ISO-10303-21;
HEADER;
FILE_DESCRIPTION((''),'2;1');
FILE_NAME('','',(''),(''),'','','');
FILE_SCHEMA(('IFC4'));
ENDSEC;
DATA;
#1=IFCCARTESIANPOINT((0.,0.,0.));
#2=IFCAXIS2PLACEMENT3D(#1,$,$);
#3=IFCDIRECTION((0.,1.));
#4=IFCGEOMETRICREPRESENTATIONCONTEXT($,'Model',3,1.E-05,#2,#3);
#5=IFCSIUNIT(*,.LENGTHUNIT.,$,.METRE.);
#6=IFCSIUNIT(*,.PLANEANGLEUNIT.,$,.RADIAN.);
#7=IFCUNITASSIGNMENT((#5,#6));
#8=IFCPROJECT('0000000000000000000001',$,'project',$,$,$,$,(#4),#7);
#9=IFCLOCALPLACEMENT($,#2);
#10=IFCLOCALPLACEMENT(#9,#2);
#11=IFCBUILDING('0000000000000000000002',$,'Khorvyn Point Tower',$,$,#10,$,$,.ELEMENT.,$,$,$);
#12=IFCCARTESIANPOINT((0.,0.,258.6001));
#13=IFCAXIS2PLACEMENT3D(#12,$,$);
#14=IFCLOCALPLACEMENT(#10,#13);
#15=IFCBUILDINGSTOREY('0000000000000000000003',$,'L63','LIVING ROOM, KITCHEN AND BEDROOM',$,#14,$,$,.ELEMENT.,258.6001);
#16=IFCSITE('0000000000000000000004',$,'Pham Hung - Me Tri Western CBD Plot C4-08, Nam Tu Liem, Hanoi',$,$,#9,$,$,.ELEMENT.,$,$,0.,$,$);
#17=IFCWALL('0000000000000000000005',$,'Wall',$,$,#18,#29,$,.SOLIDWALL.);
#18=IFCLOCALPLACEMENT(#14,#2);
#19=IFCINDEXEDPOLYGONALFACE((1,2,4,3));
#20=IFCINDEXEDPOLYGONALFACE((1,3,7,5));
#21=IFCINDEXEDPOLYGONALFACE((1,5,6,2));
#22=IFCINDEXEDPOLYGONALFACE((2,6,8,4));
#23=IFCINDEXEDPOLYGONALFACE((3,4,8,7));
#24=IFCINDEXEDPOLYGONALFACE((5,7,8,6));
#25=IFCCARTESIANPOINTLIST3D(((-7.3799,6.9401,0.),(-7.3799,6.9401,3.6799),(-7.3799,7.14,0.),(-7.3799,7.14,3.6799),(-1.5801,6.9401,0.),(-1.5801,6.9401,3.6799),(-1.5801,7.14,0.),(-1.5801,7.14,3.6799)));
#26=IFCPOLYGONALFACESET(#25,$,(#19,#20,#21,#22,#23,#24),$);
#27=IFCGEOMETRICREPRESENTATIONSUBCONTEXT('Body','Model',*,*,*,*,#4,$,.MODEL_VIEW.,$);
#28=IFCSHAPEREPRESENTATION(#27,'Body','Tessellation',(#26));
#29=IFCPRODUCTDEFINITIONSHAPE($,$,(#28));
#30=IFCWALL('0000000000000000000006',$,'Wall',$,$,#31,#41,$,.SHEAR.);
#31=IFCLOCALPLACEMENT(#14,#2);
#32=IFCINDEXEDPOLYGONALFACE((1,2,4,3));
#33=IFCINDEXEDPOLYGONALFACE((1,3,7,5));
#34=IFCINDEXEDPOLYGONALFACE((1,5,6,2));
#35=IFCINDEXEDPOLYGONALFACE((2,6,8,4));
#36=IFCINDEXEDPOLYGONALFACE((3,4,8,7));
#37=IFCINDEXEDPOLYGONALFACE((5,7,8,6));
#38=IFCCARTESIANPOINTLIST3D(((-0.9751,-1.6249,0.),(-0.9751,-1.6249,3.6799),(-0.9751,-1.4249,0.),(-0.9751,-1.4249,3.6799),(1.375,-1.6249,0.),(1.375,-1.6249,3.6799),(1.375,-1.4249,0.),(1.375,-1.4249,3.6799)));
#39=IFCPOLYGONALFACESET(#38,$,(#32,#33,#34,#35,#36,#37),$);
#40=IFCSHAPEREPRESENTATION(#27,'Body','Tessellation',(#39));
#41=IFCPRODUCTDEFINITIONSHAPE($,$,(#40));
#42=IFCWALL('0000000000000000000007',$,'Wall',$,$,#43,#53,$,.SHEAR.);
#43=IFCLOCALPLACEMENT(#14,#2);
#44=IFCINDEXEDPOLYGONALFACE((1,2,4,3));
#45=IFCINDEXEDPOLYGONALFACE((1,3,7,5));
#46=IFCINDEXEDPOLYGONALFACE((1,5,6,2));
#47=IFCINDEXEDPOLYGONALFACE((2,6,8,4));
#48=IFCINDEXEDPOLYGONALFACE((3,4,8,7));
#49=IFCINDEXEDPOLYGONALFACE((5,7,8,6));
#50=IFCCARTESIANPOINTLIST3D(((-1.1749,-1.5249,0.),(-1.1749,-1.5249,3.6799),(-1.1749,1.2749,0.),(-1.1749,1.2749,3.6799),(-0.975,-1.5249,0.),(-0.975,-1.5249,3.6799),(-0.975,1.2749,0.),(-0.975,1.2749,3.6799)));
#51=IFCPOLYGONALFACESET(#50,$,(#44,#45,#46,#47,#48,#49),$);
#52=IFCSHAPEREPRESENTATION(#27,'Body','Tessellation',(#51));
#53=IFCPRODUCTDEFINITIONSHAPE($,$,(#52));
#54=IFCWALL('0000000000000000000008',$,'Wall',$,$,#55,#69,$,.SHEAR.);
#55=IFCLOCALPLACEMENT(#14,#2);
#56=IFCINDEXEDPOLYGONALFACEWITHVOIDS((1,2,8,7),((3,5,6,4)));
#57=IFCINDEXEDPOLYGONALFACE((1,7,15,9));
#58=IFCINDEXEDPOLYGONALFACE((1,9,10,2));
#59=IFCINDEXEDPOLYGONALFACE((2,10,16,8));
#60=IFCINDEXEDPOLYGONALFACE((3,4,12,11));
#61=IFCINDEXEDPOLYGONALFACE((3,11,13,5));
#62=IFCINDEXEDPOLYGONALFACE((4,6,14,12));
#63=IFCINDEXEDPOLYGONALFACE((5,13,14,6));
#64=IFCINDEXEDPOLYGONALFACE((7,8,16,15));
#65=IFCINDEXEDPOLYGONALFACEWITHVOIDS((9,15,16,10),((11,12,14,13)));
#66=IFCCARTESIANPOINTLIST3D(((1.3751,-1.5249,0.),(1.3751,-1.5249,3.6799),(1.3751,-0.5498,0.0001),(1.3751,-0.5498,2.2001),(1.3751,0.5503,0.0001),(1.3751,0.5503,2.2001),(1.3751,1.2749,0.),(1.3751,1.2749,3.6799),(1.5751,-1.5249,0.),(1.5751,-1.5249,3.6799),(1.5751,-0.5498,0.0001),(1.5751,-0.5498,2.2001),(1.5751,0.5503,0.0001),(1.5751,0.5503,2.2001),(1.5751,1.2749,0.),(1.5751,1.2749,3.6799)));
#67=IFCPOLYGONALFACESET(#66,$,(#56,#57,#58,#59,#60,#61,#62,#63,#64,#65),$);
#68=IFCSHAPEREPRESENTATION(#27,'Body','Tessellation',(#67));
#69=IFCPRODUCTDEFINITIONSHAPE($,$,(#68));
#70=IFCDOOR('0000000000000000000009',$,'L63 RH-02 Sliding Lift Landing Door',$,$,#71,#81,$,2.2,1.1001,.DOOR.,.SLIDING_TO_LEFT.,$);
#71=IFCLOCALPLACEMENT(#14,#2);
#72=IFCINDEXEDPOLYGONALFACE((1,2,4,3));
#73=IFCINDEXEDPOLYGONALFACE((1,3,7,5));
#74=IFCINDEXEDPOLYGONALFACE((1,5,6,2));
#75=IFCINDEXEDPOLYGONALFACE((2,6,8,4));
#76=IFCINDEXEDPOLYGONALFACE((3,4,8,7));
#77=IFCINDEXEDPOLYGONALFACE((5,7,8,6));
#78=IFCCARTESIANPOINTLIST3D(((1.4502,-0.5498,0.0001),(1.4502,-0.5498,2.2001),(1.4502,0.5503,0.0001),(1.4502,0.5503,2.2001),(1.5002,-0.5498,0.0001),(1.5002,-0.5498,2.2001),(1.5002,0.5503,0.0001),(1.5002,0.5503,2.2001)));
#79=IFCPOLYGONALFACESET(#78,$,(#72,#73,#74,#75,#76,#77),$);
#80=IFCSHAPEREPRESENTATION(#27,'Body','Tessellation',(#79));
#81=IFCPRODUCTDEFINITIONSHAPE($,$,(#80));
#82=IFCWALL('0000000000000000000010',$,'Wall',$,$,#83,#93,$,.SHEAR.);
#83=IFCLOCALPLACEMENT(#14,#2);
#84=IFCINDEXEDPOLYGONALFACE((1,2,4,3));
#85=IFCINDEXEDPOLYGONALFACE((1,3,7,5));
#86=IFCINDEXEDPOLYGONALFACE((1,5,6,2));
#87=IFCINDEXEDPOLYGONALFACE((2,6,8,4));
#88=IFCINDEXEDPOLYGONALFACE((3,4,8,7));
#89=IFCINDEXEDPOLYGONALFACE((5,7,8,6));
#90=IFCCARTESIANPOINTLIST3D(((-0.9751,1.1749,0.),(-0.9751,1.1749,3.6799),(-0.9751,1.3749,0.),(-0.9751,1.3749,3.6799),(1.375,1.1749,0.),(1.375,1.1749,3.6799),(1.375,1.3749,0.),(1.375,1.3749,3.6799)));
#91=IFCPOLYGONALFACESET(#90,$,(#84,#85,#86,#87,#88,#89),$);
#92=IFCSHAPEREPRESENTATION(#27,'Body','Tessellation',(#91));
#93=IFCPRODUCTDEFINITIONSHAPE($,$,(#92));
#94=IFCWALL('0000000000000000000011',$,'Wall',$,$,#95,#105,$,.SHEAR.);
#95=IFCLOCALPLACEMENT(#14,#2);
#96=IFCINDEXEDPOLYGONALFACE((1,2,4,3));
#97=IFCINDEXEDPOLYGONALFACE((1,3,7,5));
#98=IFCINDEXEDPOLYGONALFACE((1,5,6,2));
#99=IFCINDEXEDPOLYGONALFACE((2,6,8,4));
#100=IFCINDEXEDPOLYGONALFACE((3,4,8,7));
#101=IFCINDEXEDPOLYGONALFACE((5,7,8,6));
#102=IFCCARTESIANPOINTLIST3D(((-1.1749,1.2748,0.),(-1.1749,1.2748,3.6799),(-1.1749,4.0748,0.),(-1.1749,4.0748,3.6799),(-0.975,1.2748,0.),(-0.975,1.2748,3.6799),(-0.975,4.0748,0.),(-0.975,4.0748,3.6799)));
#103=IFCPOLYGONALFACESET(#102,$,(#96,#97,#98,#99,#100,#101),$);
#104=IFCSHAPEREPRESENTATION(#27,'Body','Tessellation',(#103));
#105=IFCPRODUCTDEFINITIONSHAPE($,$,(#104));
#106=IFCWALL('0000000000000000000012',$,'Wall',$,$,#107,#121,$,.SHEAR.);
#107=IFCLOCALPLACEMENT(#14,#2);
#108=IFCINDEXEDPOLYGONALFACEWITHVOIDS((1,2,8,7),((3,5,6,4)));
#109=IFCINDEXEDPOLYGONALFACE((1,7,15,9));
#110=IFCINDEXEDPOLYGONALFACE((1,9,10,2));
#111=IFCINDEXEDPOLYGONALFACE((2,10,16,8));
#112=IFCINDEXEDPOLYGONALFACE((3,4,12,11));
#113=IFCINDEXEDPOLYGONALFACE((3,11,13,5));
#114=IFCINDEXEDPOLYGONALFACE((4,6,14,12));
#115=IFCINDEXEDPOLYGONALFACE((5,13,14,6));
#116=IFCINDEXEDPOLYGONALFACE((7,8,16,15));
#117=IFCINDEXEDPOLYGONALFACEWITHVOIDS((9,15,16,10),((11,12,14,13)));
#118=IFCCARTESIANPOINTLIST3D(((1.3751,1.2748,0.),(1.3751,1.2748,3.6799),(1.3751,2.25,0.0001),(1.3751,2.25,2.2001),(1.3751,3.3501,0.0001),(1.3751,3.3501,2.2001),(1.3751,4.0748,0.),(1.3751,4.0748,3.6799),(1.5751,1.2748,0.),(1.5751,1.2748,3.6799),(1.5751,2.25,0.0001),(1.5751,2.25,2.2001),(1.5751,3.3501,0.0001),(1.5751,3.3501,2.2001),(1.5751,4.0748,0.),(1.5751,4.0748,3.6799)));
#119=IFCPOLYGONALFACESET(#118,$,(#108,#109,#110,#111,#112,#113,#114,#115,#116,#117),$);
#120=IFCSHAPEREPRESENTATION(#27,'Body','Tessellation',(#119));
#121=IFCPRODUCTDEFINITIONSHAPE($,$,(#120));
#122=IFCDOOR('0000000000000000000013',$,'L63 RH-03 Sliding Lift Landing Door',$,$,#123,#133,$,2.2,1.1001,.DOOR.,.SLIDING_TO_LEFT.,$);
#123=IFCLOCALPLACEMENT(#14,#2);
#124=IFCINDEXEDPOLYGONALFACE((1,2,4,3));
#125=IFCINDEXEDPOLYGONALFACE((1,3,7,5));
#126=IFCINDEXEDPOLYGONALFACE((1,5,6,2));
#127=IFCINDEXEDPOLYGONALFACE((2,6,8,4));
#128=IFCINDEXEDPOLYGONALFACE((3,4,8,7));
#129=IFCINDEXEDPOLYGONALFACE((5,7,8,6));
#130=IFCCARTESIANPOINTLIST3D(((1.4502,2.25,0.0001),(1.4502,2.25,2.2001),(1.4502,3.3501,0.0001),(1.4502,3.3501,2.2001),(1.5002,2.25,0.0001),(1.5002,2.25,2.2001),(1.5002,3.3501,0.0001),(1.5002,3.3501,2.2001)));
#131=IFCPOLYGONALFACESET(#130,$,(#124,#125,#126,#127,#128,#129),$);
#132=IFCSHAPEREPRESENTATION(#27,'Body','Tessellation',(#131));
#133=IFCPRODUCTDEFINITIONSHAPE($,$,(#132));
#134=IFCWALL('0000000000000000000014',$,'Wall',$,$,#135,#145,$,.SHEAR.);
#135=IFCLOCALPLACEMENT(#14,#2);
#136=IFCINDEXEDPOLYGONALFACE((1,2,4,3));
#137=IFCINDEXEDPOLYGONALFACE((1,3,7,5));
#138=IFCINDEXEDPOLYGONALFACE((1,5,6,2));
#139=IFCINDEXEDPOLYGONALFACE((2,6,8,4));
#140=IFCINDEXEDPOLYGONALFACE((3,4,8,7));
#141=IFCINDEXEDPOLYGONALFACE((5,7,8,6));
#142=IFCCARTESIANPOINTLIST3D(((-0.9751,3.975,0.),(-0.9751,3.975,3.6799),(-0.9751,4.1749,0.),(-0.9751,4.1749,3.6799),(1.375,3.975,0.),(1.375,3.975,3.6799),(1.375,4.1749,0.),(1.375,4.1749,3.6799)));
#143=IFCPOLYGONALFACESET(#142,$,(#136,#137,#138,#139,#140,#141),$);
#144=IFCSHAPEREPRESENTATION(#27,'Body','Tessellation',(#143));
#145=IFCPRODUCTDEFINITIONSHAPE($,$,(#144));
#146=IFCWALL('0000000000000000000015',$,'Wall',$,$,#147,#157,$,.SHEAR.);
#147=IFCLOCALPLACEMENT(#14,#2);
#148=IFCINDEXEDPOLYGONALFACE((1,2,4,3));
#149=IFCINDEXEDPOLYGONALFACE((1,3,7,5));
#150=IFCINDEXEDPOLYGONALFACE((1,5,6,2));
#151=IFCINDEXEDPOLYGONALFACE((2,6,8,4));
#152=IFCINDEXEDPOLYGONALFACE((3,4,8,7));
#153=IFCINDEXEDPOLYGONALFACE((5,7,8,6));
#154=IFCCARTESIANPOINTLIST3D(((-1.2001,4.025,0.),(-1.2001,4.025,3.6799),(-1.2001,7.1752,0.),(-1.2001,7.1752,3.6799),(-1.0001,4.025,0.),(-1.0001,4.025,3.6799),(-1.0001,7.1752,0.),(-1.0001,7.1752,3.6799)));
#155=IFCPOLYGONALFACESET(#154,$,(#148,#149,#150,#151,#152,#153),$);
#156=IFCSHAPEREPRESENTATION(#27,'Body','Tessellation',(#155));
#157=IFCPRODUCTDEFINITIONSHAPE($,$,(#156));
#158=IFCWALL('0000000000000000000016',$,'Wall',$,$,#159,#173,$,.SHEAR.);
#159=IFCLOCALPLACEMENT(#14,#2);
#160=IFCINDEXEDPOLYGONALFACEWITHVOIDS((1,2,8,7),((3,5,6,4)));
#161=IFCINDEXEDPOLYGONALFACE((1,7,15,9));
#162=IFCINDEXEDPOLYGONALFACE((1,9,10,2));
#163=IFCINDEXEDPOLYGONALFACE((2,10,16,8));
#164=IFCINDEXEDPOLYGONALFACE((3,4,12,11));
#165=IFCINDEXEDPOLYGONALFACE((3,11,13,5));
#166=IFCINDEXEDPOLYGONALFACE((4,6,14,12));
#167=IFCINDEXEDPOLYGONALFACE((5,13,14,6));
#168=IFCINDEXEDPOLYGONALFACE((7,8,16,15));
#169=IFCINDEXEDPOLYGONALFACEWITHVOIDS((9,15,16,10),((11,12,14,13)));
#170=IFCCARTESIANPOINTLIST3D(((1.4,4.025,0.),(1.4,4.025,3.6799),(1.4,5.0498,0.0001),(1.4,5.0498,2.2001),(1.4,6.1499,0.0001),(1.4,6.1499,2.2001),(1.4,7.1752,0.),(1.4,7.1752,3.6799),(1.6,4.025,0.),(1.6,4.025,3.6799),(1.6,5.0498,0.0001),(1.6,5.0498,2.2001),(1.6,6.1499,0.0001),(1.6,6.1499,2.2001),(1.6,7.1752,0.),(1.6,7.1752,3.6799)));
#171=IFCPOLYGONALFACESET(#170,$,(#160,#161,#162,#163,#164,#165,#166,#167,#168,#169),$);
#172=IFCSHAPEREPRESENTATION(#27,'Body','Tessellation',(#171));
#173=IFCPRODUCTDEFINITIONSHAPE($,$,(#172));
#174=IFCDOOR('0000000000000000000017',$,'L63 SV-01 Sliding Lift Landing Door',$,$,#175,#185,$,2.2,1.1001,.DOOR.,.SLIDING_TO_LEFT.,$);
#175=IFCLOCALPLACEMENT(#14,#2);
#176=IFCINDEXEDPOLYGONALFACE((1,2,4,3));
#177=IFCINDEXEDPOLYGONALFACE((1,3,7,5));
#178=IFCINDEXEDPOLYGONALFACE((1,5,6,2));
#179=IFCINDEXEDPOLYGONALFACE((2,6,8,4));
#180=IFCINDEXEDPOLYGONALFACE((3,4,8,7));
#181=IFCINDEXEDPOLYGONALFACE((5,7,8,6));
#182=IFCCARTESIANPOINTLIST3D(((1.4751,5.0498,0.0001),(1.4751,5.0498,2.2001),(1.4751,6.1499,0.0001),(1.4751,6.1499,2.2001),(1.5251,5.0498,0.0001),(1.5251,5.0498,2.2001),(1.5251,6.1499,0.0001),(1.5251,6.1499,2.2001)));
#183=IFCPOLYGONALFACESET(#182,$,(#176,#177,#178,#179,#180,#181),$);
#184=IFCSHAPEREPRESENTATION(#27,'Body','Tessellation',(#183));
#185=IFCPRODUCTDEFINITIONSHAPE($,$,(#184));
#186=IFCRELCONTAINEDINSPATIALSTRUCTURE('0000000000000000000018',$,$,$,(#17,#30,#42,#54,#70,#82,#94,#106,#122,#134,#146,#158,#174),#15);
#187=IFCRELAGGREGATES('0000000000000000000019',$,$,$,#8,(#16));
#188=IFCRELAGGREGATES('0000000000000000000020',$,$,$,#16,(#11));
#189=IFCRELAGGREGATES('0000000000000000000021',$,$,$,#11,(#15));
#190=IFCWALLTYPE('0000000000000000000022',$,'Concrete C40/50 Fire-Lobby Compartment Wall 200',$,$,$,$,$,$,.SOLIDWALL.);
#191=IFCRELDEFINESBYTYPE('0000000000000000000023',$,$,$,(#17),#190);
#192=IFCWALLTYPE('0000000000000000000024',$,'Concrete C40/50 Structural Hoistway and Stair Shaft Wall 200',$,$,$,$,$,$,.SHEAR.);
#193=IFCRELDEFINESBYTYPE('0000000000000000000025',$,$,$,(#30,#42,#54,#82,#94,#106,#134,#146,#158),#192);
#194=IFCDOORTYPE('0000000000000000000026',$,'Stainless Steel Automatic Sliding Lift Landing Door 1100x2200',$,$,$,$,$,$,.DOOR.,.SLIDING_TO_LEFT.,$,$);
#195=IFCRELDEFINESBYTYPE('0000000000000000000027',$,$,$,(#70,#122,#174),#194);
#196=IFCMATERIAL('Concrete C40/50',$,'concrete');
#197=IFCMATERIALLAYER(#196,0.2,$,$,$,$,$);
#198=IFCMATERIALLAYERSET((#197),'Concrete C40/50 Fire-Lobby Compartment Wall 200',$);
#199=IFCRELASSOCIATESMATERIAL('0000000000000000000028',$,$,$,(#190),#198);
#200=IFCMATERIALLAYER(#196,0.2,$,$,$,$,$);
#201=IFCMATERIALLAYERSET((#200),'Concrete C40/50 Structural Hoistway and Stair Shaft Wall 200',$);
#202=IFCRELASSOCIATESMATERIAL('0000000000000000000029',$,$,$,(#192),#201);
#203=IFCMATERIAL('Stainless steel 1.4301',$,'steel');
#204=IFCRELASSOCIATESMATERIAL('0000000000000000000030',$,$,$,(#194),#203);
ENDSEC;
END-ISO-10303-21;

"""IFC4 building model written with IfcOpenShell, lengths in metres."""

from ifc_helpers import new_model, si_unit, direction, frame, frame_2d, origin, place, context, subcontext, project, spatial, rectangle, extrude, material, layer, layer_set, type_object, element, fill, save


model = new_model("IFC4")

# Units and contexts
model_context = context("Model", 3, precision=1e-05, world=origin(), true_north=direction((0.0, 1.0)))
body_context = subcontext(model_context, "Body", "Model", "MODEL_VIEW")
ifc_project = project(units=[si_unit("LENGTHUNIT", "METRE"), si_unit("PLANEANGLEUNIT", "RADIAN")], contexts=[model_context])

# Site, building, storey
site_placement = place(None, origin())
site = spatial("IfcSite", under=ifc_project, at=site_placement, Name="Pham Hung - Me Tri Western CBD Plot C4-08, Nam Tu Liem, Hanoi", CompositionType="ELEMENT", RefElevation=0.0)
building_placement = place(site_placement, origin())
building = spatial("IfcBuilding", under=site, at=building_placement, Name="Khorvyn Point Tower", CompositionType="ELEMENT")
storey_placement = place(building_placement, frame((0.0, 0.0, 258.6001)))
storey = spatial("IfcBuildingStorey", under=building, at=storey_placement, Name="L63", Description="LIVING ROOM, KITCHEN AND BEDROOM", CompositionType="ELEMENT", Elevation=258.6001)

# Shared definitions
ifc_material_1 = material(Name="Concrete C40/50", Category="concrete")

# Walls
ifc_layer_1 = layer(ifc_material_1, 0.2)
ifc_layer_set_1 = layer_set([ifc_layer_1], Name="Concrete C40/50 Fire-Lobby Compartment Wall 200")
wall_type_1 = type_object("IfcWallType", Name="Concrete C40/50 Fire-Lobby Compartment Wall 200", PredefinedType="SOLIDWALL", material=ifc_layer_set_1)
wall_1_placement = place(storey_placement, frame((-7.3799, 7.04, 0.0), z_axis=(0.0, 0.0, 1.0), x_axis=(1.0, 0.0, 0.0)))
element("IfcWall", 1, at=wall_1_placement, inside=storey, type_object=wall_type_1, Name="Wall", PredefinedType="SOLIDWALL", context=body_context, shape_type="SweptSolid", body=[
    extrude(rectangle(XDim=5.7998, YDim=0.2, at=frame_2d((2.8999, 0.0))), origin(), (0.0, 0.0, 1.0), 3.6799),
])
ifc_layer_2 = layer(ifc_material_1, 0.2)
ifc_layer_set_2 = layer_set([ifc_layer_2], Name="Concrete C40/50 Structural Hoistway and Stair Shaft Wall 200")
wall_type_2 = type_object("IfcWallType", Name="Concrete C40/50 Structural Hoistway and Stair Shaft Wall 200", PredefinedType="SHEAR", material=ifc_layer_set_2)
wall_2_placement = place(storey_placement, frame((-0.9751, -1.5249, 0.0), z_axis=(0.0, 0.0, 1.0), x_axis=(1.0, 0.0, 0.0)))
element("IfcWall", 2, at=wall_2_placement, inside=storey, type_object=wall_type_2, Name="Wall", PredefinedType="SHEAR", context=body_context, shape_type="SweptSolid", body=[
    extrude(rectangle(XDim=2.3501, YDim=0.2, at=frame_2d((1.175, 0.0))), origin(), (0.0, 0.0, 1.0), 3.6799),
])
wall_3_placement = place(storey_placement, frame((-1.075, -1.5249, 0.0), z_axis=(0.0, 0.0, 1.0), x_axis=(0.0, 1.0, 0.0)))
element("IfcWall", 3, at=wall_3_placement, inside=storey, type_object=wall_type_2, Name="Wall", PredefinedType="SHEAR", context=body_context, shape_type="SweptSolid", body=[
    extrude(rectangle(XDim=2.7998, YDim=0.2, at=frame_2d((1.3999, 0.0))), origin(), (0.0, 0.0, 1.0), 3.6799),
])

# Wall, opening, door
wall_4_placement = place(storey_placement, frame((1.4751, -1.5249, 0.0), z_axis=(0.0, 0.0, 1.0), x_axis=(0.0, 1.0, 0.0)))
wall_4 = element("IfcWall", 4, at=wall_4_placement, inside=storey, type_object=wall_type_2, Name="Wall", PredefinedType="SHEAR", context=body_context, shape_type="SweptSolid", body=[
    extrude(rectangle(XDim=2.7998, YDim=0.2, at=frame_2d((1.3999, 0.0))), origin(), (0.0, 0.0, 1.0), 3.6799),
])
opening_1_placement = place(wall_4_placement, frame((0.9751, 0.0, 0.0)))
opening_1 = element("IfcOpeningElement", 5, at=opening_1_placement, cuts=wall_4, PredefinedType="OPENING", context=body_context, shape_type="SweptSolid", body=[
    extrude(rectangle(XDim=1.1001, YDim=2.2, at=frame_2d((0.55, 1.1001))), frame((0.0, 0.1099, 0.0), z_axis=(0.0, -1.0, 0.0), x_axis=(1.0, 0.0, 0.0)), (0.0, 0.0, 1.0), 0.22),
])
ifc_material_2 = material(Name="Stainless steel 1.4301", Category="steel")
door_type = type_object("IfcDoorType", Name="Stainless Steel Automatic Sliding Lift Landing Door 1100x2200", OperationType="SLIDING_TO_LEFT", PredefinedType="DOOR", material=ifc_material_2)
door_1_placement = place(opening_1_placement, origin())
door_1 = element("IfcDoor", 6, at=door_1_placement, inside=storey, type_object=door_type, Name="L63 RH-02 Sliding Lift Landing Door", OperationType="SLIDING_TO_LEFT", OverallHeight=2.2, OverallWidth=1.1001, PredefinedType="DOOR", context=body_context, shape_type="SweptSolid", body=[
    extrude(rectangle(XDim=1.1001, YDim=2.2, at=frame_2d((0.55, 1.1001))), frame((0.0, 0.0249, 0.0), z_axis=(0.0, -1.0, 0.0), x_axis=(1.0, 0.0, 0.0)), (0.0, 0.0, 1.0), 0.05),
])
fill(opening_1, door_1)

# Walls
wall_5_placement = place(storey_placement, frame((-0.9751, 1.2749, 0.0), z_axis=(0.0, 0.0, 1.0), x_axis=(1.0, 0.0, 0.0)))
element("IfcWall", 7, at=wall_5_placement, inside=storey, type_object=wall_type_2, Name="Wall", PredefinedType="SHEAR", context=body_context, shape_type="SweptSolid", body=[
    extrude(rectangle(XDim=2.3501, YDim=0.2, at=frame_2d((1.175, 0.0))), origin(), (0.0, 0.0, 1.0), 3.6799),
])
wall_6_placement = place(storey_placement, frame((-1.075, 1.2749, 0.0), z_axis=(0.0, 0.0, 1.0), x_axis=(0.0, 1.0, 0.0)))
element("IfcWall", 8, at=wall_6_placement, inside=storey, type_object=wall_type_2, Name="Wall", PredefinedType="SHEAR", context=body_context, shape_type="SweptSolid", body=[
    extrude(rectangle(XDim=2.8, YDim=0.2, at=frame_2d((1.3999, 0.0))), origin(), (0.0, 0.0, 1.0), 3.6799),
])

# Wall, opening, door
wall_7_placement = place(storey_placement, frame((1.4751, 1.2749, 0.0), z_axis=(0.0, 0.0, 1.0), x_axis=(0.0, 1.0, 0.0)))
wall_7 = element("IfcWall", 9, at=wall_7_placement, inside=storey, type_object=wall_type_2, Name="Wall", PredefinedType="SHEAR", context=body_context, shape_type="SweptSolid", body=[
    extrude(rectangle(XDim=2.8, YDim=0.2, at=frame_2d((1.3999, 0.0))), origin(), (0.0, 0.0, 1.0), 3.6799),
])
opening_2_placement = place(wall_7_placement, frame((0.9751, 0.0, 0.0)))
opening_2 = element("IfcOpeningElement", 10, at=opening_2_placement, cuts=wall_7, PredefinedType="OPENING", context=body_context, shape_type="SweptSolid", body=[
    extrude(rectangle(XDim=1.1001, YDim=2.2, at=frame_2d((0.55, 1.1001))), frame((0.0, 0.1099, 0.0), z_axis=(0.0, -1.0, 0.0), x_axis=(1.0, 0.0, 0.0)), (0.0, 0.0, 1.0), 0.22),
])
door_2_placement = place(opening_2_placement, origin())
door_2 = element("IfcDoor", 11, at=door_2_placement, inside=storey, type_object=door_type, Name="L63 RH-03 Sliding Lift Landing Door", OperationType="SLIDING_TO_LEFT", OverallHeight=2.2, OverallWidth=1.1001, PredefinedType="DOOR", context=body_context, shape_type="SweptSolid", body=[
    extrude(rectangle(XDim=1.1001, YDim=2.2, at=frame_2d((0.55, 1.1001))), frame((0.0, 0.0249, 0.0), z_axis=(0.0, -1.0, 0.0), x_axis=(1.0, 0.0, 0.0)), (0.0, 0.0, 1.0), 0.05),
])
fill(opening_2, door_2)

# Walls
wall_8_placement = place(storey_placement, frame((-0.9751, 4.075, 0.0), z_axis=(0.0, 0.0, 1.0), x_axis=(1.0, 0.0, 0.0)))
element("IfcWall", 12, at=wall_8_placement, inside=storey, type_object=wall_type_2, Name="Wall", PredefinedType="SHEAR", context=body_context, shape_type="SweptSolid", body=[
    extrude(rectangle(XDim=2.3501, YDim=0.2, at=frame_2d((1.175, 0.0))), origin(), (0.0, 0.0, 1.0), 3.6799),
])
wall_9_placement = place(storey_placement, frame((-1.1001, 4.0249, 0.0), z_axis=(0.0, 0.0, 1.0), x_axis=(0.0, 1.0, 0.0)))
element("IfcWall", 13, at=wall_9_placement, inside=storey, type_object=wall_type_2, Name="Wall", PredefinedType="SHEAR", context=body_context, shape_type="SweptSolid", body=[
    extrude(rectangle(XDim=3.1501, YDim=0.2, at=frame_2d((1.5752, 0.0))), origin(), (0.0, 0.0, 1.0), 3.6799),
])

# Wall, opening, door
wall_10_placement = place(storey_placement, frame((1.5, 4.0249, 0.0), z_axis=(0.0, 0.0, 1.0), x_axis=(0.0, 1.0, 0.0)))
wall_10 = element("IfcWall", 14, at=wall_10_placement, inside=storey, type_object=wall_type_2, Name="Wall", PredefinedType="SHEAR", context=body_context, shape_type="SweptSolid", body=[
    extrude(rectangle(XDim=3.1501, YDim=0.2, at=frame_2d((1.5752, 0.0))), origin(), (0.0, 0.0, 1.0), 3.6799),
])
opening_3_placement = place(wall_10_placement, frame((1.0249, 0.0, 0.0)))
opening_3 = element("IfcOpeningElement", 15, at=opening_3_placement, cuts=wall_10, PredefinedType="OPENING", context=body_context, shape_type="SweptSolid", body=[
    extrude(rectangle(XDim=1.1001, YDim=2.2, at=frame_2d((0.55, 1.1001))), frame((0.0, 0.1099, 0.0), z_axis=(0.0, -1.0, 0.0), x_axis=(1.0, 0.0, 0.0)), (0.0, 0.0, 1.0), 0.22),
])
door_3_placement = place(opening_3_placement, origin())
door_3 = element("IfcDoor", 16, at=door_3_placement, inside=storey, type_object=door_type, Name="L63 SV-01 Sliding Lift Landing Door", OperationType="SLIDING_TO_LEFT", OverallHeight=2.2, OverallWidth=1.1001, PredefinedType="DOOR", context=body_context, shape_type="SweptSolid", body=[
    extrude(rectangle(XDim=1.1001, YDim=2.2, at=frame_2d((0.55, 1.1001))), frame((0.0, 0.0249, 0.0), z_axis=(0.0, -1.0, 0.0), x_axis=(1.0, 0.0, 0.0)), (0.0, 0.0, 1.0), 0.05),
])
fill(opening_3, door_3)

save(model, "model.ifc")
